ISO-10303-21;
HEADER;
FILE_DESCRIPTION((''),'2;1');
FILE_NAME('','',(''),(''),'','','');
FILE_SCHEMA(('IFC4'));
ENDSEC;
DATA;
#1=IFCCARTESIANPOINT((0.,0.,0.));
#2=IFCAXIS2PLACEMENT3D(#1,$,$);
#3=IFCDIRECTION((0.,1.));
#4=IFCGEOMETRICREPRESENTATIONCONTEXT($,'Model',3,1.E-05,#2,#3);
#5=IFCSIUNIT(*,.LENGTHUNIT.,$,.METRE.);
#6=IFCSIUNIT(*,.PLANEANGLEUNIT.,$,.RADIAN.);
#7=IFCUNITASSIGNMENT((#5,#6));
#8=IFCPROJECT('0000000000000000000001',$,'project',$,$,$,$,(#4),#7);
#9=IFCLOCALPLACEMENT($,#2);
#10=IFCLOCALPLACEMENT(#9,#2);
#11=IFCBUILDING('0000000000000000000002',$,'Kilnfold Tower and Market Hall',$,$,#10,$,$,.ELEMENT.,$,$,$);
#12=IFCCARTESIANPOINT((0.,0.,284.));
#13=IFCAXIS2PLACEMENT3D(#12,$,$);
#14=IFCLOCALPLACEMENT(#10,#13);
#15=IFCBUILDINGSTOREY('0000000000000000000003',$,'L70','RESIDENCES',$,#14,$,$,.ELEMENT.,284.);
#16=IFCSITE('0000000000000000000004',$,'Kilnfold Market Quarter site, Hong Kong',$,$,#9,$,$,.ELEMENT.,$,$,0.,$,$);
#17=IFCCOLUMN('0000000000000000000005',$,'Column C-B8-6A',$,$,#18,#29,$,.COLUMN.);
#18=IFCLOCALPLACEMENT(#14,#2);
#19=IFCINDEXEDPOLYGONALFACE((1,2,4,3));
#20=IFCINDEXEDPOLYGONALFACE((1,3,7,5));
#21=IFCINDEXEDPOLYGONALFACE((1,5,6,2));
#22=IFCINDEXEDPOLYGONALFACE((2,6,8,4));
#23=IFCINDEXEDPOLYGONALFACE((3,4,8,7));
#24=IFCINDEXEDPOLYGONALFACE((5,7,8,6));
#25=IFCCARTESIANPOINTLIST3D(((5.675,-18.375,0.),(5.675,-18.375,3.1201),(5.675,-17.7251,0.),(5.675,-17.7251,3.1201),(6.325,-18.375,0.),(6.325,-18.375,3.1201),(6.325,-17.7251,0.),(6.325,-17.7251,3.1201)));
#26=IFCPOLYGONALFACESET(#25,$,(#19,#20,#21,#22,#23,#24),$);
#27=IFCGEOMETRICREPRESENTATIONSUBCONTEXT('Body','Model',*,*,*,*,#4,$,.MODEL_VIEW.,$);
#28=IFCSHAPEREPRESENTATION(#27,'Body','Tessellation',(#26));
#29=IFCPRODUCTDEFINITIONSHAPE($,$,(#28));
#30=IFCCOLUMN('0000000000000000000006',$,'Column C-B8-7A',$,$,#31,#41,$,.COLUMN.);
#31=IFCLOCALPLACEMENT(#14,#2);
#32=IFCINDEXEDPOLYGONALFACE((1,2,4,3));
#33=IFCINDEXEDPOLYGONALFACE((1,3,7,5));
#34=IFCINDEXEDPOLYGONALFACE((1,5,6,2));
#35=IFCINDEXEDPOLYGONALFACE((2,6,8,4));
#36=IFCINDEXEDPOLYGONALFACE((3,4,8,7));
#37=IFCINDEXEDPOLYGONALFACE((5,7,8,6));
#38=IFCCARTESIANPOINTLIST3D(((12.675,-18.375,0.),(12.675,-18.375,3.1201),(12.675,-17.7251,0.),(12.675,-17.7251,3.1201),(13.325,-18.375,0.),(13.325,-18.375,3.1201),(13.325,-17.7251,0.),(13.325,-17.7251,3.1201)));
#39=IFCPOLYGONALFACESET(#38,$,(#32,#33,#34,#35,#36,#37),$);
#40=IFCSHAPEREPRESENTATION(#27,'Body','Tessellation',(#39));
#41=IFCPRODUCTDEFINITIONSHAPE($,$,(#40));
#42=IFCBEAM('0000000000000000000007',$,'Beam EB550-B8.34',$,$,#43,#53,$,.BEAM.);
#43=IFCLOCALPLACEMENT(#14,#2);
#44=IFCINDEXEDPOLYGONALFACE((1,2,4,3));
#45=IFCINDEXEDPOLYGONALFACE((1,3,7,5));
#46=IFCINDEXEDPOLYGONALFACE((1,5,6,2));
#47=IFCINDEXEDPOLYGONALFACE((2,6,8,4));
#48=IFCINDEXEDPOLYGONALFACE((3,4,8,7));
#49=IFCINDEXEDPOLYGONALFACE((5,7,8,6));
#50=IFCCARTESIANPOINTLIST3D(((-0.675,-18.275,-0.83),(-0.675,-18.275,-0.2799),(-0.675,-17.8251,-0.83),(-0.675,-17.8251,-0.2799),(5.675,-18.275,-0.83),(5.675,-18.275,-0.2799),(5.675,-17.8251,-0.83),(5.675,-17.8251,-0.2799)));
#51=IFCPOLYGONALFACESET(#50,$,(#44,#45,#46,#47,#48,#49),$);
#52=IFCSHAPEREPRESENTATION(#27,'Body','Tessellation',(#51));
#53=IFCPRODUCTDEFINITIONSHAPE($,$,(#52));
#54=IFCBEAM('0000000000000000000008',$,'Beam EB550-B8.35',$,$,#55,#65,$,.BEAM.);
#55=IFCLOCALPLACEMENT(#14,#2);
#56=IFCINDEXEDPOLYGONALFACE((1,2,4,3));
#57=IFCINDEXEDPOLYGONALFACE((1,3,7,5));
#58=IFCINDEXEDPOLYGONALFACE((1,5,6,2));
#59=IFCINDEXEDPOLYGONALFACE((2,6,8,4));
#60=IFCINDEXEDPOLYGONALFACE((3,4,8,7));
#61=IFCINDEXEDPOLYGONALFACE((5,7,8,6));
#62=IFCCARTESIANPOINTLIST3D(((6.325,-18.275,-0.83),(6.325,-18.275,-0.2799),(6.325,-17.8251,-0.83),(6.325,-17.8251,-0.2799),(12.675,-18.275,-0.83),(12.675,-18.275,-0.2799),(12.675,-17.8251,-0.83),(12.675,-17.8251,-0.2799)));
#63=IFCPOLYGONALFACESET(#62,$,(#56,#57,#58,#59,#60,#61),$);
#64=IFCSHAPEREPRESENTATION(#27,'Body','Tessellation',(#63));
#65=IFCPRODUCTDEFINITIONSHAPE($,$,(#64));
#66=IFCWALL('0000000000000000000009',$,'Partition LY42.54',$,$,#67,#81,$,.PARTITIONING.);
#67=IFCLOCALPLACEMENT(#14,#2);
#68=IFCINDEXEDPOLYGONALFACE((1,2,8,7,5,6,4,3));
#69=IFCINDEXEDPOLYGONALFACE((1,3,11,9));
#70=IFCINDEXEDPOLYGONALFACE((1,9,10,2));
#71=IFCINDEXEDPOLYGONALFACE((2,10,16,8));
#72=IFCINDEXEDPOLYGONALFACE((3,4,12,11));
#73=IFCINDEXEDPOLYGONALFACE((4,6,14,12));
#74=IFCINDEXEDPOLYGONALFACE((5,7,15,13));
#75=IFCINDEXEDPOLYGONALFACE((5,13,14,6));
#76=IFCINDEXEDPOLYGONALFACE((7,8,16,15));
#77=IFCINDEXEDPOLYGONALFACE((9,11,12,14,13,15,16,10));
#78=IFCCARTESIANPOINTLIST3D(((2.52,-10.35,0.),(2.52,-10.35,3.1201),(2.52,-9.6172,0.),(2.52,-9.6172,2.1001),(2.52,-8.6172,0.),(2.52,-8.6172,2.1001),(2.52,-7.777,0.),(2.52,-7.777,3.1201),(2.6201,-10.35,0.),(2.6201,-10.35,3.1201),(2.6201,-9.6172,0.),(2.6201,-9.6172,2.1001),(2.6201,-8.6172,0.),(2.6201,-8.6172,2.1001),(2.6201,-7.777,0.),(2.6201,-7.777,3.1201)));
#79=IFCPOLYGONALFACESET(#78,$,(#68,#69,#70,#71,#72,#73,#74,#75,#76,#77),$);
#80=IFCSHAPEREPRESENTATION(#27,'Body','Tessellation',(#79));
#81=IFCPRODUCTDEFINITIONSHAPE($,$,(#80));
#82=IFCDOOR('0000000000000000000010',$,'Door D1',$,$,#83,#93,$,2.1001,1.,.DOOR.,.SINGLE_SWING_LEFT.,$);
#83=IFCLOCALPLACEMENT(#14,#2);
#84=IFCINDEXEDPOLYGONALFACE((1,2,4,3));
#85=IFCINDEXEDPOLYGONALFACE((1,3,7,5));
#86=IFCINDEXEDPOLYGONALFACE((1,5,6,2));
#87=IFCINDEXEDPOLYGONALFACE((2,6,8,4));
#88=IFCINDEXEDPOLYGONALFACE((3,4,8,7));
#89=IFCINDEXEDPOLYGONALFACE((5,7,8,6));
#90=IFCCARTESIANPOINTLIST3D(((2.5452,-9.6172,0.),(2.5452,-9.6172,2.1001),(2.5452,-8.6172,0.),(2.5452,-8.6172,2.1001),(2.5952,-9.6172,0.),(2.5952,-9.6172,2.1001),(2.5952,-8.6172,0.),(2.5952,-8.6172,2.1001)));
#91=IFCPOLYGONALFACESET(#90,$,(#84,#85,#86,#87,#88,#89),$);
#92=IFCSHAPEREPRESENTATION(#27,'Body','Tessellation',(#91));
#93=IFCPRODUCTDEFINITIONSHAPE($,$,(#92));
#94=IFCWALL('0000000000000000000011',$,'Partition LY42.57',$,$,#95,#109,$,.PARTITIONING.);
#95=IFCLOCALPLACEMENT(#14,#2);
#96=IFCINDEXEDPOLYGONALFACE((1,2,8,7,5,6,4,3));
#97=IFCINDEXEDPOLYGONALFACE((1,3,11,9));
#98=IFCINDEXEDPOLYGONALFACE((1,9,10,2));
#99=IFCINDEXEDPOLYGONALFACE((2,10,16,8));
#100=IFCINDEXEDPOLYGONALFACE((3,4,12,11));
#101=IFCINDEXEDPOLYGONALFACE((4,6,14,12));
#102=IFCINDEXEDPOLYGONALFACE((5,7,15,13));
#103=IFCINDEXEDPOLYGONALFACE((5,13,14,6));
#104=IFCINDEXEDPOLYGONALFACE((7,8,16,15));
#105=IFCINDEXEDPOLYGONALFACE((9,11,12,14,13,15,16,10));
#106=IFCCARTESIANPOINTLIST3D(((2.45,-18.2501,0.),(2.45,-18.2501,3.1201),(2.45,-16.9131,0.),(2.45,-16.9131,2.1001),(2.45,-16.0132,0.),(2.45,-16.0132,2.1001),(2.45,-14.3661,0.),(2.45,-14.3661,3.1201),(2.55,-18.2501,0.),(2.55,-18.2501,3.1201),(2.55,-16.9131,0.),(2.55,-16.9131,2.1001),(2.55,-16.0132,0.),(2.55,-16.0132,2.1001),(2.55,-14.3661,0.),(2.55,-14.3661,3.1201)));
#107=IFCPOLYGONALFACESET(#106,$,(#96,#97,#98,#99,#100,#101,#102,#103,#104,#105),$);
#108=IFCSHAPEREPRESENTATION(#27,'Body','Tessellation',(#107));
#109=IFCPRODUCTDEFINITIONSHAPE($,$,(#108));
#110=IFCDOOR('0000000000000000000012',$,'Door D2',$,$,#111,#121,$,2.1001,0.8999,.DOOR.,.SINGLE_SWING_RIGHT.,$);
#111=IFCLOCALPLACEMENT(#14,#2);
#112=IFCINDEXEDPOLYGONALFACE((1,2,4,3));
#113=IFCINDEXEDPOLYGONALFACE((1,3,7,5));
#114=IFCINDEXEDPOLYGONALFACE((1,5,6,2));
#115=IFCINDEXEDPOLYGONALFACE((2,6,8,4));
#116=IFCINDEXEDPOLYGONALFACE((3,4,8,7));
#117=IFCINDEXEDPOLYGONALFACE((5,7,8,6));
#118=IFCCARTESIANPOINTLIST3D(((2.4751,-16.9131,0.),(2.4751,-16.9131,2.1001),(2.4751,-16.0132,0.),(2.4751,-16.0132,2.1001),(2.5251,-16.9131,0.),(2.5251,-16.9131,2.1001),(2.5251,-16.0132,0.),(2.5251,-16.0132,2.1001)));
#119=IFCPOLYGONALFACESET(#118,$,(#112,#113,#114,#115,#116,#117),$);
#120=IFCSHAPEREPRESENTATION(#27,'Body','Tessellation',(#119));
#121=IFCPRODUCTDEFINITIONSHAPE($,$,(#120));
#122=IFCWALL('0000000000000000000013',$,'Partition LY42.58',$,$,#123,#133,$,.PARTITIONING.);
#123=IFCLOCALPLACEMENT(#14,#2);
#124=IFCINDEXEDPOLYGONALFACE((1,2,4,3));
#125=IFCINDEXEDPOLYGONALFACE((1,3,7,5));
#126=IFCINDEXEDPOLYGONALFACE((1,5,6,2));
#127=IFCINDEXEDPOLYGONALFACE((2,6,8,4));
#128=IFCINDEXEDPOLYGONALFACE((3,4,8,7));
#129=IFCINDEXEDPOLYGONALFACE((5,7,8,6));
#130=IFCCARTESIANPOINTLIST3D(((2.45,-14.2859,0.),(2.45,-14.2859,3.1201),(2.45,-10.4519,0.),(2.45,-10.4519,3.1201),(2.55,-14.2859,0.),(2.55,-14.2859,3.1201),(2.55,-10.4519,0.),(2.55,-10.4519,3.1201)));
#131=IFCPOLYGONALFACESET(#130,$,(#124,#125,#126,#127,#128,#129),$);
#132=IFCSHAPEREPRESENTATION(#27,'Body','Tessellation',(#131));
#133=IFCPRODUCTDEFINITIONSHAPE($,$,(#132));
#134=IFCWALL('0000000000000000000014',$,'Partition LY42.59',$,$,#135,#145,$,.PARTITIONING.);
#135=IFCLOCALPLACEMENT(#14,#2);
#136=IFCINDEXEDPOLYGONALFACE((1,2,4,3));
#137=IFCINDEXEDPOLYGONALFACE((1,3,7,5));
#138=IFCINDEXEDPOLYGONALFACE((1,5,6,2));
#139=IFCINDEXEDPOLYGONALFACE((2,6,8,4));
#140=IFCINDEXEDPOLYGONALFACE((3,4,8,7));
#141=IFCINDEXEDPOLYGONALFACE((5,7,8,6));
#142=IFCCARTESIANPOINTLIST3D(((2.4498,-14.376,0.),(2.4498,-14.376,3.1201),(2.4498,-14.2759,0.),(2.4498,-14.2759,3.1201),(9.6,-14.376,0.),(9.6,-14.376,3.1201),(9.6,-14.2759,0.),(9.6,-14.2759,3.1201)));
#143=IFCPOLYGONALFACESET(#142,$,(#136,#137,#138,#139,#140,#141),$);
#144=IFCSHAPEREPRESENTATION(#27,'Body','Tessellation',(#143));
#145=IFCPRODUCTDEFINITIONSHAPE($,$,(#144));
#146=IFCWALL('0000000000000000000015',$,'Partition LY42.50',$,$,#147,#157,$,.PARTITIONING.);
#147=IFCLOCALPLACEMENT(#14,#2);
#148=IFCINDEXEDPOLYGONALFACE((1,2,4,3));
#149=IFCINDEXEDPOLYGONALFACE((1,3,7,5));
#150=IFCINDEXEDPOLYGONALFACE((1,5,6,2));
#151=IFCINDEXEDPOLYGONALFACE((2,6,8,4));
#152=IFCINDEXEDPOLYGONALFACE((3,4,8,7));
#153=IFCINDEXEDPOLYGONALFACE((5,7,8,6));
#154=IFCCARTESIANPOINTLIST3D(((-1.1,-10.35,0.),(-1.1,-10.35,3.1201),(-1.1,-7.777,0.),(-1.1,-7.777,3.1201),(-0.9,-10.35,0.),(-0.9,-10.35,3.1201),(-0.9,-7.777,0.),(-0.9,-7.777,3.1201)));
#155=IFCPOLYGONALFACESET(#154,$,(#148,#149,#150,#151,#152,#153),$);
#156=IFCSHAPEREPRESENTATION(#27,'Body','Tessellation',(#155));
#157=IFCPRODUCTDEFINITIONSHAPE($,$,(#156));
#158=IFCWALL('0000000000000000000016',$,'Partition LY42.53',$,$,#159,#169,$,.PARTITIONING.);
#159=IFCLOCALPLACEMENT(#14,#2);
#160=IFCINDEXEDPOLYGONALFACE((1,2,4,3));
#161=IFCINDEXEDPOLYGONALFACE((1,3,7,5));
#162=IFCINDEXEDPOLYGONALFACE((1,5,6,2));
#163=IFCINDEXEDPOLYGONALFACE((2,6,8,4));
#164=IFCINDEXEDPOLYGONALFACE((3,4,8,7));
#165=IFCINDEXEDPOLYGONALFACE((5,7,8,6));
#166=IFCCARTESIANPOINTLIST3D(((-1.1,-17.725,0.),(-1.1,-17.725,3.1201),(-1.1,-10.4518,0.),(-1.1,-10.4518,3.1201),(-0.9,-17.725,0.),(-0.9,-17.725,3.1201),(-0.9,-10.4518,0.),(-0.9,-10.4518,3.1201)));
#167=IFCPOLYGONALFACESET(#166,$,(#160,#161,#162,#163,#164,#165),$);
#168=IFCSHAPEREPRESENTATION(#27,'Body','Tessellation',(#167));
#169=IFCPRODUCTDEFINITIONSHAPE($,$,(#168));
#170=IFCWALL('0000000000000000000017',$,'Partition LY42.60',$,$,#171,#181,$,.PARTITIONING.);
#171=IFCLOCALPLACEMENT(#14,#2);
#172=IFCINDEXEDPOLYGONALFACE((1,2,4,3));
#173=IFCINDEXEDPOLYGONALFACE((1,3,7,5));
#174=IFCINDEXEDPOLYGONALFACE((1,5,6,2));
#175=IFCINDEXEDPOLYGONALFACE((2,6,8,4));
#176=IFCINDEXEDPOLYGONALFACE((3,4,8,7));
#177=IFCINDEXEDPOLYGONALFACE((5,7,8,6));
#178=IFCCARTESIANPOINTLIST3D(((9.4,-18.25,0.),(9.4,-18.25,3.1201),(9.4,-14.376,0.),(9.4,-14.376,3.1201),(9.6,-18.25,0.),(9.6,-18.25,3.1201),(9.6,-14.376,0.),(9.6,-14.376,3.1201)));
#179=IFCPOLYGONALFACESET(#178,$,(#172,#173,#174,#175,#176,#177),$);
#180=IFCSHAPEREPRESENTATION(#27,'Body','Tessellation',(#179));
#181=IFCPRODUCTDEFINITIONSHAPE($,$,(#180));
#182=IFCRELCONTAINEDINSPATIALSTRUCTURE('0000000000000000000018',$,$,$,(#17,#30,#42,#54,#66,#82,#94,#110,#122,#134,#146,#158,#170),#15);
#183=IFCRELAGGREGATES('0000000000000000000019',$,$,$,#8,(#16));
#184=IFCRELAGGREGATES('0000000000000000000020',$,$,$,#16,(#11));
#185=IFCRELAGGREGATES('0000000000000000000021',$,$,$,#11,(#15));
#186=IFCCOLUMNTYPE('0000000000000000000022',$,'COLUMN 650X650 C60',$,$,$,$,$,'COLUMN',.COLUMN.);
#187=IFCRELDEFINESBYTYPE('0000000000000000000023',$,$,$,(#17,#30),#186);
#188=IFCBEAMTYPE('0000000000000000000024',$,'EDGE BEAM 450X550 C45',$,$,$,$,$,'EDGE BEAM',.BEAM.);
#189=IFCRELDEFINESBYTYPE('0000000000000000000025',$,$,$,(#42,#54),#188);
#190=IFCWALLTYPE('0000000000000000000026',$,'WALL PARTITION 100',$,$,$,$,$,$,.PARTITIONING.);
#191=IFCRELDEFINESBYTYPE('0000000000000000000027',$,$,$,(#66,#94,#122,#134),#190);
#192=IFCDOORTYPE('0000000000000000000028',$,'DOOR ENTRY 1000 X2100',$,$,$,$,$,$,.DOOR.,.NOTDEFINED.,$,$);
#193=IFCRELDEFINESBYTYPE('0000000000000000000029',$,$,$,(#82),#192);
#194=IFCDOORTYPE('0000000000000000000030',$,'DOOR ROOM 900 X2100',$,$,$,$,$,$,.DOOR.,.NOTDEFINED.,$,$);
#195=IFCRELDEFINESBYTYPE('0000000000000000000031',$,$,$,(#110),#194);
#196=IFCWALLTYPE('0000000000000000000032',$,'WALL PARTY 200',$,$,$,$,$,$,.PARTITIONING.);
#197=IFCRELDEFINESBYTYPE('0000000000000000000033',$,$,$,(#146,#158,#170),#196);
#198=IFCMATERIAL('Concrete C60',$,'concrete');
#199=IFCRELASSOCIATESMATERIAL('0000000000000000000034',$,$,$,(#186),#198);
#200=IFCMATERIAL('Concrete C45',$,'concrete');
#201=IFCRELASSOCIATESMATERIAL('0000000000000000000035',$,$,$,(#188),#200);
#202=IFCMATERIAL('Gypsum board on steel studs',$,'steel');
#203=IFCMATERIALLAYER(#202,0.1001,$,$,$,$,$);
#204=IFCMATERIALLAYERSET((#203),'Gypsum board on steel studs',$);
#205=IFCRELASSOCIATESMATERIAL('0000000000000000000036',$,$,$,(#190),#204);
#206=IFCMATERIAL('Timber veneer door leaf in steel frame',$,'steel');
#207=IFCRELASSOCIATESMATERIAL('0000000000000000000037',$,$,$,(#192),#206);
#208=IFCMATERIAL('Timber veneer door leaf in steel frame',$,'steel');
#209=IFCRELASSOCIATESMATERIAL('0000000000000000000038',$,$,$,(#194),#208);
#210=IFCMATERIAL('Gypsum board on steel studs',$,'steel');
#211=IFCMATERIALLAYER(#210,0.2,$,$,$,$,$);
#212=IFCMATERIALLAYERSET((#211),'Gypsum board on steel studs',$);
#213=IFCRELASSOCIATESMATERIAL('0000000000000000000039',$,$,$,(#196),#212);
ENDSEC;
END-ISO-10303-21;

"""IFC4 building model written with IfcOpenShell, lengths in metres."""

from ifc_helpers import new_model, si_unit, direction, frame, frame_2d, origin, origin_2d, place, context, subcontext, project, spatial, rectangle, extrude, source, transform, mapped, material, layer, layer_set, material_profile, profile_set, type_object, element, fill, save


model = new_model("IFC4")

# Units and contexts
model_context = context("Model", 3, precision=1e-05, world=origin(), true_north=direction((0.0, 1.0)))
body_context = subcontext(model_context, "Body", "Model", "MODEL_VIEW")
ifc_project = project(units=[si_unit("LENGTHUNIT", "METRE"), si_unit("PLANEANGLEUNIT", "RADIAN")], contexts=[model_context])

# Site, building, storey
site_placement = place(None, origin())
site = spatial("IfcSite", under=ifc_project, at=site_placement, Name="Kilnfold Market Quarter site, Hong Kong", CompositionType="ELEMENT", RefElevation=0.0)
building_placement = place(site_placement, origin())
building = spatial("IfcBuilding", under=site, at=building_placement, Name="Kilnfold Tower and Market Hall", CompositionType="ELEMENT")
storey_placement = place(building_placement, frame((0.0, 0.0, 284.0)))
storey = spatial("IfcBuildingStorey", under=building, at=storey_placement, Name="L70", Description="RESIDENCES", CompositionType="ELEMENT", Elevation=284.0)

# Columns
ifc_material_1 = material(Name="Concrete C60", Category="concrete")
ifc_material_profile_1 = material_profile(ifc_material_1, rectangle(XDim=0.6499, YDim=0.6499, at=origin_2d()), Name="RC 650x650")
ifc_profile_set_1 = profile_set([ifc_material_profile_1], Name="Concrete C60")
column_type = type_object("IfcColumnType", Name="COLUMN 650X650 C60", ElementType="COLUMN", PredefinedType="COLUMN", material=ifc_profile_set_1)
shared_shape_1 = source(origin(), body_context, "Body", "SweptSolid", [
    extrude(rectangle(XDim=0.6499, YDim=0.6499, at=origin_2d()), origin(), (0.0, 0.0, 1.0), 3.1201),
])
for number, where, z_axis, x_axis, name in (
    (1, (6.0, -18.05, 0.0), (0.0, 0.0, 1.0), (1.0, 0.0, 0.0), "Column C-B8-6A"),
    (2, (13.0, -18.05, 0.0), (0.0, 0.0, 1.0), (1.0, 0.0, 0.0), "Column C-B8-7A"),
):
    element("IfcColumn", number, at=place(storey_placement, frame(where, z_axis=z_axis, x_axis=x_axis)), inside=storey, type_object=column_type, Name=name, PredefinedType="COLUMN", context=body_context, shape_type="MappedRepresentation", body=[
        mapped(shared_shape_1, transform((0.0, 0.0, 0.0))),
    ])

# Beams
ifc_material_2 = material(Name="Concrete C45", Category="concrete")
ifc_material_profile_2 = material_profile(ifc_material_2, rectangle(XDim=0.45, YDim=0.55, at=origin_2d()), Name="RC 450x550")
ifc_profile_set_2 = profile_set([ifc_material_profile_2], Name="Concrete C45")
beam_type = type_object("IfcBeamType", Name="EDGE BEAM 450X550 C45", ElementType="EDGE BEAM", PredefinedType="BEAM", material=ifc_profile_set_2)
shared_shape_2 = source(origin(), body_context, "Body", "SweptSolid", [
    extrude(rectangle(XDim=0.45, YDim=0.55, at=origin_2d()), origin(), (0.0, 0.0, 1.0), 6.3501),
])
for number, where, z_axis, x_axis, name in (
    (3, (-0.675, -18.05, -0.5549), (1.0, 0.0, 0.0), (0.0, 1.0, 0.0), "Beam EB550-B8.34"),
    (4, (6.325, -18.05, -0.5549), (1.0, 0.0, 0.0), (0.0, 1.0, 0.0), "Beam EB550-B8.35"),
):
    element("IfcBeam", number, at=place(storey_placement, frame(where, z_axis=z_axis, x_axis=x_axis)), inside=storey, type_object=beam_type, Name=name, PredefinedType="BEAM", context=body_context, shape_type="MappedRepresentation", body=[
        mapped(shared_shape_2, transform((0.0, 0.0, 0.0))),
    ])

# Walls, openings, doors
ifc_material_3 = material(Name="Gypsum board on steel studs", Category="steel")
ifc_layer_1 = layer(ifc_material_3, 0.1001)
ifc_layer_set_1 = layer_set([ifc_layer_1], Name="Gypsum board on steel studs")
wall_type_1 = type_object("IfcWallType", Name="WALL PARTITION 100", PredefinedType="PARTITIONING", material=ifc_layer_set_1)
wall_1_placement = place(storey_placement, frame((2.5701, -10.3501, 0.0), z_axis=(0.0, 0.0, 1.0), x_axis=(0.0, 1.0, 0.0)))
wall_1 = element("IfcWall", 5, at=wall_1_placement, inside=storey, type_object=wall_type_1, Name="Partition LY42.54", PredefinedType="PARTITIONING", context=body_context, shape_type="SweptSolid", body=[
    extrude(rectangle(XDim=2.573, YDim=0.1001, at=frame_2d((1.2866, 0.0))), origin(), (0.0, 0.0, 1.0), 3.1201),
])
opening_1_placement = place(wall_1_placement, frame((0.7329, 0.0, 0.0)))
opening_1 = element("IfcOpeningElement", 6, at=opening_1_placement, cuts=wall_1, PredefinedType="OPENING", context=body_context, shape_type="SweptSolid", body=[
    extrude(rectangle(XDim=1.0, YDim=2.1001, at=frame_2d((0.5, 1.05))), frame((0.0, 0.0601, 0.0), z_axis=(0.0, -1.0, 0.0), x_axis=(1.0, 0.0, 0.0)), (0.0, 0.0, 1.0), 0.1201),
])
ifc_material_4 = material(Name="Timber veneer door leaf in steel frame", Category="steel")
door_type_1 = type_object("IfcDoorType", Name="DOOR ENTRY 1000 X2100", OperationType="NOTDEFINED", PredefinedType="DOOR", material=ifc_material_4)
door_1_placement = place(opening_1_placement, origin())
door_1 = element("IfcDoor", 7, at=door_1_placement, inside=storey, type_object=door_type_1, Name="Door D1", OperationType="SINGLE_SWING_LEFT", OverallHeight=2.1001, OverallWidth=1.0, PredefinedType="DOOR", context=body_context, shape_type="SweptSolid", body=[
    extrude(rectangle(XDim=1.0, YDim=2.1001, at=frame_2d((0.5, 1.05))), frame((0.0, 0.0249, 0.0), z_axis=(0.0, -1.0, 0.0), x_axis=(1.0, 0.0, 0.0)), (0.0, 0.0, 1.0), 0.05),
])
fill(opening_1, door_1)
wall_2_placement = place(storey_placement, frame((2.5, -18.25, 0.0), z_axis=(0.0, 0.0, 1.0), x_axis=(0.0, 1.0, 0.0)))
wall_2 = element("IfcWall", 8, at=wall_2_placement, inside=storey, type_object=wall_type_1, Name="Partition LY42.57", PredefinedType="PARTITIONING", context=body_context, shape_type="SweptSolid", body=[
    extrude(rectangle(XDim=3.884, YDim=0.1001, at=frame_2d((1.9419, 0.0))), origin(), (0.0, 0.0, 1.0), 3.1201),
])
opening_2_placement = place(wall_2_placement, frame((1.3369, 0.0, 0.0)))
opening_2 = element("IfcOpeningElement", 9, at=opening_2_placement, cuts=wall_2, PredefinedType="OPENING", context=body_context, shape_type="SweptSolid", body=[
    extrude(rectangle(XDim=0.8999, YDim=2.1001, at=frame_2d((0.45, 1.05))), frame((0.0, 0.0601, 0.0), z_axis=(0.0, -1.0, 0.0), x_axis=(1.0, 0.0, 0.0)), (0.0, 0.0, 1.0), 0.1201),
])
ifc_material_5 = material(Name="Timber veneer door leaf in steel frame", Category="steel")
door_type_2 = type_object("IfcDoorType", Name="DOOR ROOM 900 X2100", OperationType="NOTDEFINED", PredefinedType="DOOR", material=ifc_material_5)
door_2_placement = place(opening_2_placement, origin())
door_2 = element("IfcDoor", 10, at=door_2_placement, inside=storey, type_object=door_type_2, Name="Door D2", OperationType="SINGLE_SWING_RIGHT", OverallHeight=2.1001, OverallWidth=0.8999, PredefinedType="DOOR", context=body_context, shape_type="SweptSolid", body=[
    extrude(rectangle(XDim=0.8999, YDim=2.1001, at=frame_2d((0.45, 1.05))), frame((0.0, 0.0249, 0.0), z_axis=(0.0, -1.0, 0.0), x_axis=(1.0, 0.0, 0.0)), (0.0, 0.0, 1.0), 0.05),
])
fill(opening_2, door_2)

# Walls
wall_3_placement = place(storey_placement, frame((2.5, -14.2859, 0.0), z_axis=(0.0, 0.0, 1.0), x_axis=(0.0, 1.0, 0.0)))
element("IfcWall", 11, at=wall_3_placement, inside=storey, type_object=wall_type_1, Name="Partition LY42.58", PredefinedType="PARTITIONING", context=body_context, shape_type="SweptSolid", body=[
    extrude(rectangle(XDim=3.834, YDim=0.1001, at=frame_2d((1.917, 0.0))), origin(), (0.0, 0.0, 1.0), 3.1201),
])
wall_4_placement = place(storey_placement, frame((9.6001, -14.3259, 0.0), z_axis=(0.0, 0.0, 1.0), x_axis=(-1.0, 0.0, 0.0)))
element("IfcWall", 12, at=wall_4_placement, inside=storey, type_object=wall_type_1, Name="Partition LY42.59", PredefinedType="PARTITIONING", context=body_context, shape_type="SweptSolid", body=[
    extrude(rectangle(XDim=7.1501, YDim=0.1001, at=frame_2d((3.5752, 0.0))), origin(), (0.0, 0.0, 1.0), 3.1201),
])
ifc_material_6 = material(Name="Gypsum board on steel studs", Category="steel")
ifc_layer_2 = layer(ifc_material_6, 0.2)
ifc_layer_set_2 = layer_set([ifc_layer_2], Name="Gypsum board on steel studs")
wall_type_2 = type_object("IfcWallType", Name="WALL PARTY 200", PredefinedType="PARTITIONING", material=ifc_layer_set_2)
wall_5_placement = place(storey_placement, frame((-1.0, -10.3501, 0.0), z_axis=(0.0, 0.0, 1.0), x_axis=(0.0, 1.0, 0.0)))
element("IfcWall", 13, at=wall_5_placement, inside=storey, type_object=wall_type_2, Name="Partition LY42.50", PredefinedType="PARTITIONING", context=body_context, shape_type="SweptSolid", body=[
    extrude(rectangle(XDim=2.573, YDim=0.2, at=frame_2d((1.2866, 0.0))), origin(), (0.0, 0.0, 1.0), 3.1201),
])
wall_6_placement = place(storey_placement, frame((-1.0, -17.7251, 0.0), z_axis=(0.0, 0.0, 1.0), x_axis=(0.0, 1.0, 0.0)))
element("IfcWall", 14, at=wall_6_placement, inside=storey, type_object=wall_type_2, Name="Partition LY42.53", PredefinedType="PARTITIONING", context=body_context, shape_type="SweptSolid", body=[
    extrude(rectangle(XDim=7.2732, YDim=0.2, at=frame_2d((3.6367, 0.0))), origin(), (0.0, 0.0, 1.0), 3.1201),
])
wall_7_placement = place(storey_placement, frame((9.5, -18.25, 0.0), z_axis=(0.0, 0.0, 1.0), x_axis=(0.0, 1.0, 0.0)))
element("IfcWall", 15, at=wall_7_placement, inside=storey, type_object=wall_type_2, Name="Partition LY42.60", PredefinedType="PARTITIONING", context=body_context, shape_type="SweptSolid", body=[
    extrude(rectangle(XDim=3.874, YDim=0.2, at=frame_2d((1.937, 0.0))), origin(), (0.0, 0.0, 1.0), 3.1201),
])

save(model, "model.ifc")
